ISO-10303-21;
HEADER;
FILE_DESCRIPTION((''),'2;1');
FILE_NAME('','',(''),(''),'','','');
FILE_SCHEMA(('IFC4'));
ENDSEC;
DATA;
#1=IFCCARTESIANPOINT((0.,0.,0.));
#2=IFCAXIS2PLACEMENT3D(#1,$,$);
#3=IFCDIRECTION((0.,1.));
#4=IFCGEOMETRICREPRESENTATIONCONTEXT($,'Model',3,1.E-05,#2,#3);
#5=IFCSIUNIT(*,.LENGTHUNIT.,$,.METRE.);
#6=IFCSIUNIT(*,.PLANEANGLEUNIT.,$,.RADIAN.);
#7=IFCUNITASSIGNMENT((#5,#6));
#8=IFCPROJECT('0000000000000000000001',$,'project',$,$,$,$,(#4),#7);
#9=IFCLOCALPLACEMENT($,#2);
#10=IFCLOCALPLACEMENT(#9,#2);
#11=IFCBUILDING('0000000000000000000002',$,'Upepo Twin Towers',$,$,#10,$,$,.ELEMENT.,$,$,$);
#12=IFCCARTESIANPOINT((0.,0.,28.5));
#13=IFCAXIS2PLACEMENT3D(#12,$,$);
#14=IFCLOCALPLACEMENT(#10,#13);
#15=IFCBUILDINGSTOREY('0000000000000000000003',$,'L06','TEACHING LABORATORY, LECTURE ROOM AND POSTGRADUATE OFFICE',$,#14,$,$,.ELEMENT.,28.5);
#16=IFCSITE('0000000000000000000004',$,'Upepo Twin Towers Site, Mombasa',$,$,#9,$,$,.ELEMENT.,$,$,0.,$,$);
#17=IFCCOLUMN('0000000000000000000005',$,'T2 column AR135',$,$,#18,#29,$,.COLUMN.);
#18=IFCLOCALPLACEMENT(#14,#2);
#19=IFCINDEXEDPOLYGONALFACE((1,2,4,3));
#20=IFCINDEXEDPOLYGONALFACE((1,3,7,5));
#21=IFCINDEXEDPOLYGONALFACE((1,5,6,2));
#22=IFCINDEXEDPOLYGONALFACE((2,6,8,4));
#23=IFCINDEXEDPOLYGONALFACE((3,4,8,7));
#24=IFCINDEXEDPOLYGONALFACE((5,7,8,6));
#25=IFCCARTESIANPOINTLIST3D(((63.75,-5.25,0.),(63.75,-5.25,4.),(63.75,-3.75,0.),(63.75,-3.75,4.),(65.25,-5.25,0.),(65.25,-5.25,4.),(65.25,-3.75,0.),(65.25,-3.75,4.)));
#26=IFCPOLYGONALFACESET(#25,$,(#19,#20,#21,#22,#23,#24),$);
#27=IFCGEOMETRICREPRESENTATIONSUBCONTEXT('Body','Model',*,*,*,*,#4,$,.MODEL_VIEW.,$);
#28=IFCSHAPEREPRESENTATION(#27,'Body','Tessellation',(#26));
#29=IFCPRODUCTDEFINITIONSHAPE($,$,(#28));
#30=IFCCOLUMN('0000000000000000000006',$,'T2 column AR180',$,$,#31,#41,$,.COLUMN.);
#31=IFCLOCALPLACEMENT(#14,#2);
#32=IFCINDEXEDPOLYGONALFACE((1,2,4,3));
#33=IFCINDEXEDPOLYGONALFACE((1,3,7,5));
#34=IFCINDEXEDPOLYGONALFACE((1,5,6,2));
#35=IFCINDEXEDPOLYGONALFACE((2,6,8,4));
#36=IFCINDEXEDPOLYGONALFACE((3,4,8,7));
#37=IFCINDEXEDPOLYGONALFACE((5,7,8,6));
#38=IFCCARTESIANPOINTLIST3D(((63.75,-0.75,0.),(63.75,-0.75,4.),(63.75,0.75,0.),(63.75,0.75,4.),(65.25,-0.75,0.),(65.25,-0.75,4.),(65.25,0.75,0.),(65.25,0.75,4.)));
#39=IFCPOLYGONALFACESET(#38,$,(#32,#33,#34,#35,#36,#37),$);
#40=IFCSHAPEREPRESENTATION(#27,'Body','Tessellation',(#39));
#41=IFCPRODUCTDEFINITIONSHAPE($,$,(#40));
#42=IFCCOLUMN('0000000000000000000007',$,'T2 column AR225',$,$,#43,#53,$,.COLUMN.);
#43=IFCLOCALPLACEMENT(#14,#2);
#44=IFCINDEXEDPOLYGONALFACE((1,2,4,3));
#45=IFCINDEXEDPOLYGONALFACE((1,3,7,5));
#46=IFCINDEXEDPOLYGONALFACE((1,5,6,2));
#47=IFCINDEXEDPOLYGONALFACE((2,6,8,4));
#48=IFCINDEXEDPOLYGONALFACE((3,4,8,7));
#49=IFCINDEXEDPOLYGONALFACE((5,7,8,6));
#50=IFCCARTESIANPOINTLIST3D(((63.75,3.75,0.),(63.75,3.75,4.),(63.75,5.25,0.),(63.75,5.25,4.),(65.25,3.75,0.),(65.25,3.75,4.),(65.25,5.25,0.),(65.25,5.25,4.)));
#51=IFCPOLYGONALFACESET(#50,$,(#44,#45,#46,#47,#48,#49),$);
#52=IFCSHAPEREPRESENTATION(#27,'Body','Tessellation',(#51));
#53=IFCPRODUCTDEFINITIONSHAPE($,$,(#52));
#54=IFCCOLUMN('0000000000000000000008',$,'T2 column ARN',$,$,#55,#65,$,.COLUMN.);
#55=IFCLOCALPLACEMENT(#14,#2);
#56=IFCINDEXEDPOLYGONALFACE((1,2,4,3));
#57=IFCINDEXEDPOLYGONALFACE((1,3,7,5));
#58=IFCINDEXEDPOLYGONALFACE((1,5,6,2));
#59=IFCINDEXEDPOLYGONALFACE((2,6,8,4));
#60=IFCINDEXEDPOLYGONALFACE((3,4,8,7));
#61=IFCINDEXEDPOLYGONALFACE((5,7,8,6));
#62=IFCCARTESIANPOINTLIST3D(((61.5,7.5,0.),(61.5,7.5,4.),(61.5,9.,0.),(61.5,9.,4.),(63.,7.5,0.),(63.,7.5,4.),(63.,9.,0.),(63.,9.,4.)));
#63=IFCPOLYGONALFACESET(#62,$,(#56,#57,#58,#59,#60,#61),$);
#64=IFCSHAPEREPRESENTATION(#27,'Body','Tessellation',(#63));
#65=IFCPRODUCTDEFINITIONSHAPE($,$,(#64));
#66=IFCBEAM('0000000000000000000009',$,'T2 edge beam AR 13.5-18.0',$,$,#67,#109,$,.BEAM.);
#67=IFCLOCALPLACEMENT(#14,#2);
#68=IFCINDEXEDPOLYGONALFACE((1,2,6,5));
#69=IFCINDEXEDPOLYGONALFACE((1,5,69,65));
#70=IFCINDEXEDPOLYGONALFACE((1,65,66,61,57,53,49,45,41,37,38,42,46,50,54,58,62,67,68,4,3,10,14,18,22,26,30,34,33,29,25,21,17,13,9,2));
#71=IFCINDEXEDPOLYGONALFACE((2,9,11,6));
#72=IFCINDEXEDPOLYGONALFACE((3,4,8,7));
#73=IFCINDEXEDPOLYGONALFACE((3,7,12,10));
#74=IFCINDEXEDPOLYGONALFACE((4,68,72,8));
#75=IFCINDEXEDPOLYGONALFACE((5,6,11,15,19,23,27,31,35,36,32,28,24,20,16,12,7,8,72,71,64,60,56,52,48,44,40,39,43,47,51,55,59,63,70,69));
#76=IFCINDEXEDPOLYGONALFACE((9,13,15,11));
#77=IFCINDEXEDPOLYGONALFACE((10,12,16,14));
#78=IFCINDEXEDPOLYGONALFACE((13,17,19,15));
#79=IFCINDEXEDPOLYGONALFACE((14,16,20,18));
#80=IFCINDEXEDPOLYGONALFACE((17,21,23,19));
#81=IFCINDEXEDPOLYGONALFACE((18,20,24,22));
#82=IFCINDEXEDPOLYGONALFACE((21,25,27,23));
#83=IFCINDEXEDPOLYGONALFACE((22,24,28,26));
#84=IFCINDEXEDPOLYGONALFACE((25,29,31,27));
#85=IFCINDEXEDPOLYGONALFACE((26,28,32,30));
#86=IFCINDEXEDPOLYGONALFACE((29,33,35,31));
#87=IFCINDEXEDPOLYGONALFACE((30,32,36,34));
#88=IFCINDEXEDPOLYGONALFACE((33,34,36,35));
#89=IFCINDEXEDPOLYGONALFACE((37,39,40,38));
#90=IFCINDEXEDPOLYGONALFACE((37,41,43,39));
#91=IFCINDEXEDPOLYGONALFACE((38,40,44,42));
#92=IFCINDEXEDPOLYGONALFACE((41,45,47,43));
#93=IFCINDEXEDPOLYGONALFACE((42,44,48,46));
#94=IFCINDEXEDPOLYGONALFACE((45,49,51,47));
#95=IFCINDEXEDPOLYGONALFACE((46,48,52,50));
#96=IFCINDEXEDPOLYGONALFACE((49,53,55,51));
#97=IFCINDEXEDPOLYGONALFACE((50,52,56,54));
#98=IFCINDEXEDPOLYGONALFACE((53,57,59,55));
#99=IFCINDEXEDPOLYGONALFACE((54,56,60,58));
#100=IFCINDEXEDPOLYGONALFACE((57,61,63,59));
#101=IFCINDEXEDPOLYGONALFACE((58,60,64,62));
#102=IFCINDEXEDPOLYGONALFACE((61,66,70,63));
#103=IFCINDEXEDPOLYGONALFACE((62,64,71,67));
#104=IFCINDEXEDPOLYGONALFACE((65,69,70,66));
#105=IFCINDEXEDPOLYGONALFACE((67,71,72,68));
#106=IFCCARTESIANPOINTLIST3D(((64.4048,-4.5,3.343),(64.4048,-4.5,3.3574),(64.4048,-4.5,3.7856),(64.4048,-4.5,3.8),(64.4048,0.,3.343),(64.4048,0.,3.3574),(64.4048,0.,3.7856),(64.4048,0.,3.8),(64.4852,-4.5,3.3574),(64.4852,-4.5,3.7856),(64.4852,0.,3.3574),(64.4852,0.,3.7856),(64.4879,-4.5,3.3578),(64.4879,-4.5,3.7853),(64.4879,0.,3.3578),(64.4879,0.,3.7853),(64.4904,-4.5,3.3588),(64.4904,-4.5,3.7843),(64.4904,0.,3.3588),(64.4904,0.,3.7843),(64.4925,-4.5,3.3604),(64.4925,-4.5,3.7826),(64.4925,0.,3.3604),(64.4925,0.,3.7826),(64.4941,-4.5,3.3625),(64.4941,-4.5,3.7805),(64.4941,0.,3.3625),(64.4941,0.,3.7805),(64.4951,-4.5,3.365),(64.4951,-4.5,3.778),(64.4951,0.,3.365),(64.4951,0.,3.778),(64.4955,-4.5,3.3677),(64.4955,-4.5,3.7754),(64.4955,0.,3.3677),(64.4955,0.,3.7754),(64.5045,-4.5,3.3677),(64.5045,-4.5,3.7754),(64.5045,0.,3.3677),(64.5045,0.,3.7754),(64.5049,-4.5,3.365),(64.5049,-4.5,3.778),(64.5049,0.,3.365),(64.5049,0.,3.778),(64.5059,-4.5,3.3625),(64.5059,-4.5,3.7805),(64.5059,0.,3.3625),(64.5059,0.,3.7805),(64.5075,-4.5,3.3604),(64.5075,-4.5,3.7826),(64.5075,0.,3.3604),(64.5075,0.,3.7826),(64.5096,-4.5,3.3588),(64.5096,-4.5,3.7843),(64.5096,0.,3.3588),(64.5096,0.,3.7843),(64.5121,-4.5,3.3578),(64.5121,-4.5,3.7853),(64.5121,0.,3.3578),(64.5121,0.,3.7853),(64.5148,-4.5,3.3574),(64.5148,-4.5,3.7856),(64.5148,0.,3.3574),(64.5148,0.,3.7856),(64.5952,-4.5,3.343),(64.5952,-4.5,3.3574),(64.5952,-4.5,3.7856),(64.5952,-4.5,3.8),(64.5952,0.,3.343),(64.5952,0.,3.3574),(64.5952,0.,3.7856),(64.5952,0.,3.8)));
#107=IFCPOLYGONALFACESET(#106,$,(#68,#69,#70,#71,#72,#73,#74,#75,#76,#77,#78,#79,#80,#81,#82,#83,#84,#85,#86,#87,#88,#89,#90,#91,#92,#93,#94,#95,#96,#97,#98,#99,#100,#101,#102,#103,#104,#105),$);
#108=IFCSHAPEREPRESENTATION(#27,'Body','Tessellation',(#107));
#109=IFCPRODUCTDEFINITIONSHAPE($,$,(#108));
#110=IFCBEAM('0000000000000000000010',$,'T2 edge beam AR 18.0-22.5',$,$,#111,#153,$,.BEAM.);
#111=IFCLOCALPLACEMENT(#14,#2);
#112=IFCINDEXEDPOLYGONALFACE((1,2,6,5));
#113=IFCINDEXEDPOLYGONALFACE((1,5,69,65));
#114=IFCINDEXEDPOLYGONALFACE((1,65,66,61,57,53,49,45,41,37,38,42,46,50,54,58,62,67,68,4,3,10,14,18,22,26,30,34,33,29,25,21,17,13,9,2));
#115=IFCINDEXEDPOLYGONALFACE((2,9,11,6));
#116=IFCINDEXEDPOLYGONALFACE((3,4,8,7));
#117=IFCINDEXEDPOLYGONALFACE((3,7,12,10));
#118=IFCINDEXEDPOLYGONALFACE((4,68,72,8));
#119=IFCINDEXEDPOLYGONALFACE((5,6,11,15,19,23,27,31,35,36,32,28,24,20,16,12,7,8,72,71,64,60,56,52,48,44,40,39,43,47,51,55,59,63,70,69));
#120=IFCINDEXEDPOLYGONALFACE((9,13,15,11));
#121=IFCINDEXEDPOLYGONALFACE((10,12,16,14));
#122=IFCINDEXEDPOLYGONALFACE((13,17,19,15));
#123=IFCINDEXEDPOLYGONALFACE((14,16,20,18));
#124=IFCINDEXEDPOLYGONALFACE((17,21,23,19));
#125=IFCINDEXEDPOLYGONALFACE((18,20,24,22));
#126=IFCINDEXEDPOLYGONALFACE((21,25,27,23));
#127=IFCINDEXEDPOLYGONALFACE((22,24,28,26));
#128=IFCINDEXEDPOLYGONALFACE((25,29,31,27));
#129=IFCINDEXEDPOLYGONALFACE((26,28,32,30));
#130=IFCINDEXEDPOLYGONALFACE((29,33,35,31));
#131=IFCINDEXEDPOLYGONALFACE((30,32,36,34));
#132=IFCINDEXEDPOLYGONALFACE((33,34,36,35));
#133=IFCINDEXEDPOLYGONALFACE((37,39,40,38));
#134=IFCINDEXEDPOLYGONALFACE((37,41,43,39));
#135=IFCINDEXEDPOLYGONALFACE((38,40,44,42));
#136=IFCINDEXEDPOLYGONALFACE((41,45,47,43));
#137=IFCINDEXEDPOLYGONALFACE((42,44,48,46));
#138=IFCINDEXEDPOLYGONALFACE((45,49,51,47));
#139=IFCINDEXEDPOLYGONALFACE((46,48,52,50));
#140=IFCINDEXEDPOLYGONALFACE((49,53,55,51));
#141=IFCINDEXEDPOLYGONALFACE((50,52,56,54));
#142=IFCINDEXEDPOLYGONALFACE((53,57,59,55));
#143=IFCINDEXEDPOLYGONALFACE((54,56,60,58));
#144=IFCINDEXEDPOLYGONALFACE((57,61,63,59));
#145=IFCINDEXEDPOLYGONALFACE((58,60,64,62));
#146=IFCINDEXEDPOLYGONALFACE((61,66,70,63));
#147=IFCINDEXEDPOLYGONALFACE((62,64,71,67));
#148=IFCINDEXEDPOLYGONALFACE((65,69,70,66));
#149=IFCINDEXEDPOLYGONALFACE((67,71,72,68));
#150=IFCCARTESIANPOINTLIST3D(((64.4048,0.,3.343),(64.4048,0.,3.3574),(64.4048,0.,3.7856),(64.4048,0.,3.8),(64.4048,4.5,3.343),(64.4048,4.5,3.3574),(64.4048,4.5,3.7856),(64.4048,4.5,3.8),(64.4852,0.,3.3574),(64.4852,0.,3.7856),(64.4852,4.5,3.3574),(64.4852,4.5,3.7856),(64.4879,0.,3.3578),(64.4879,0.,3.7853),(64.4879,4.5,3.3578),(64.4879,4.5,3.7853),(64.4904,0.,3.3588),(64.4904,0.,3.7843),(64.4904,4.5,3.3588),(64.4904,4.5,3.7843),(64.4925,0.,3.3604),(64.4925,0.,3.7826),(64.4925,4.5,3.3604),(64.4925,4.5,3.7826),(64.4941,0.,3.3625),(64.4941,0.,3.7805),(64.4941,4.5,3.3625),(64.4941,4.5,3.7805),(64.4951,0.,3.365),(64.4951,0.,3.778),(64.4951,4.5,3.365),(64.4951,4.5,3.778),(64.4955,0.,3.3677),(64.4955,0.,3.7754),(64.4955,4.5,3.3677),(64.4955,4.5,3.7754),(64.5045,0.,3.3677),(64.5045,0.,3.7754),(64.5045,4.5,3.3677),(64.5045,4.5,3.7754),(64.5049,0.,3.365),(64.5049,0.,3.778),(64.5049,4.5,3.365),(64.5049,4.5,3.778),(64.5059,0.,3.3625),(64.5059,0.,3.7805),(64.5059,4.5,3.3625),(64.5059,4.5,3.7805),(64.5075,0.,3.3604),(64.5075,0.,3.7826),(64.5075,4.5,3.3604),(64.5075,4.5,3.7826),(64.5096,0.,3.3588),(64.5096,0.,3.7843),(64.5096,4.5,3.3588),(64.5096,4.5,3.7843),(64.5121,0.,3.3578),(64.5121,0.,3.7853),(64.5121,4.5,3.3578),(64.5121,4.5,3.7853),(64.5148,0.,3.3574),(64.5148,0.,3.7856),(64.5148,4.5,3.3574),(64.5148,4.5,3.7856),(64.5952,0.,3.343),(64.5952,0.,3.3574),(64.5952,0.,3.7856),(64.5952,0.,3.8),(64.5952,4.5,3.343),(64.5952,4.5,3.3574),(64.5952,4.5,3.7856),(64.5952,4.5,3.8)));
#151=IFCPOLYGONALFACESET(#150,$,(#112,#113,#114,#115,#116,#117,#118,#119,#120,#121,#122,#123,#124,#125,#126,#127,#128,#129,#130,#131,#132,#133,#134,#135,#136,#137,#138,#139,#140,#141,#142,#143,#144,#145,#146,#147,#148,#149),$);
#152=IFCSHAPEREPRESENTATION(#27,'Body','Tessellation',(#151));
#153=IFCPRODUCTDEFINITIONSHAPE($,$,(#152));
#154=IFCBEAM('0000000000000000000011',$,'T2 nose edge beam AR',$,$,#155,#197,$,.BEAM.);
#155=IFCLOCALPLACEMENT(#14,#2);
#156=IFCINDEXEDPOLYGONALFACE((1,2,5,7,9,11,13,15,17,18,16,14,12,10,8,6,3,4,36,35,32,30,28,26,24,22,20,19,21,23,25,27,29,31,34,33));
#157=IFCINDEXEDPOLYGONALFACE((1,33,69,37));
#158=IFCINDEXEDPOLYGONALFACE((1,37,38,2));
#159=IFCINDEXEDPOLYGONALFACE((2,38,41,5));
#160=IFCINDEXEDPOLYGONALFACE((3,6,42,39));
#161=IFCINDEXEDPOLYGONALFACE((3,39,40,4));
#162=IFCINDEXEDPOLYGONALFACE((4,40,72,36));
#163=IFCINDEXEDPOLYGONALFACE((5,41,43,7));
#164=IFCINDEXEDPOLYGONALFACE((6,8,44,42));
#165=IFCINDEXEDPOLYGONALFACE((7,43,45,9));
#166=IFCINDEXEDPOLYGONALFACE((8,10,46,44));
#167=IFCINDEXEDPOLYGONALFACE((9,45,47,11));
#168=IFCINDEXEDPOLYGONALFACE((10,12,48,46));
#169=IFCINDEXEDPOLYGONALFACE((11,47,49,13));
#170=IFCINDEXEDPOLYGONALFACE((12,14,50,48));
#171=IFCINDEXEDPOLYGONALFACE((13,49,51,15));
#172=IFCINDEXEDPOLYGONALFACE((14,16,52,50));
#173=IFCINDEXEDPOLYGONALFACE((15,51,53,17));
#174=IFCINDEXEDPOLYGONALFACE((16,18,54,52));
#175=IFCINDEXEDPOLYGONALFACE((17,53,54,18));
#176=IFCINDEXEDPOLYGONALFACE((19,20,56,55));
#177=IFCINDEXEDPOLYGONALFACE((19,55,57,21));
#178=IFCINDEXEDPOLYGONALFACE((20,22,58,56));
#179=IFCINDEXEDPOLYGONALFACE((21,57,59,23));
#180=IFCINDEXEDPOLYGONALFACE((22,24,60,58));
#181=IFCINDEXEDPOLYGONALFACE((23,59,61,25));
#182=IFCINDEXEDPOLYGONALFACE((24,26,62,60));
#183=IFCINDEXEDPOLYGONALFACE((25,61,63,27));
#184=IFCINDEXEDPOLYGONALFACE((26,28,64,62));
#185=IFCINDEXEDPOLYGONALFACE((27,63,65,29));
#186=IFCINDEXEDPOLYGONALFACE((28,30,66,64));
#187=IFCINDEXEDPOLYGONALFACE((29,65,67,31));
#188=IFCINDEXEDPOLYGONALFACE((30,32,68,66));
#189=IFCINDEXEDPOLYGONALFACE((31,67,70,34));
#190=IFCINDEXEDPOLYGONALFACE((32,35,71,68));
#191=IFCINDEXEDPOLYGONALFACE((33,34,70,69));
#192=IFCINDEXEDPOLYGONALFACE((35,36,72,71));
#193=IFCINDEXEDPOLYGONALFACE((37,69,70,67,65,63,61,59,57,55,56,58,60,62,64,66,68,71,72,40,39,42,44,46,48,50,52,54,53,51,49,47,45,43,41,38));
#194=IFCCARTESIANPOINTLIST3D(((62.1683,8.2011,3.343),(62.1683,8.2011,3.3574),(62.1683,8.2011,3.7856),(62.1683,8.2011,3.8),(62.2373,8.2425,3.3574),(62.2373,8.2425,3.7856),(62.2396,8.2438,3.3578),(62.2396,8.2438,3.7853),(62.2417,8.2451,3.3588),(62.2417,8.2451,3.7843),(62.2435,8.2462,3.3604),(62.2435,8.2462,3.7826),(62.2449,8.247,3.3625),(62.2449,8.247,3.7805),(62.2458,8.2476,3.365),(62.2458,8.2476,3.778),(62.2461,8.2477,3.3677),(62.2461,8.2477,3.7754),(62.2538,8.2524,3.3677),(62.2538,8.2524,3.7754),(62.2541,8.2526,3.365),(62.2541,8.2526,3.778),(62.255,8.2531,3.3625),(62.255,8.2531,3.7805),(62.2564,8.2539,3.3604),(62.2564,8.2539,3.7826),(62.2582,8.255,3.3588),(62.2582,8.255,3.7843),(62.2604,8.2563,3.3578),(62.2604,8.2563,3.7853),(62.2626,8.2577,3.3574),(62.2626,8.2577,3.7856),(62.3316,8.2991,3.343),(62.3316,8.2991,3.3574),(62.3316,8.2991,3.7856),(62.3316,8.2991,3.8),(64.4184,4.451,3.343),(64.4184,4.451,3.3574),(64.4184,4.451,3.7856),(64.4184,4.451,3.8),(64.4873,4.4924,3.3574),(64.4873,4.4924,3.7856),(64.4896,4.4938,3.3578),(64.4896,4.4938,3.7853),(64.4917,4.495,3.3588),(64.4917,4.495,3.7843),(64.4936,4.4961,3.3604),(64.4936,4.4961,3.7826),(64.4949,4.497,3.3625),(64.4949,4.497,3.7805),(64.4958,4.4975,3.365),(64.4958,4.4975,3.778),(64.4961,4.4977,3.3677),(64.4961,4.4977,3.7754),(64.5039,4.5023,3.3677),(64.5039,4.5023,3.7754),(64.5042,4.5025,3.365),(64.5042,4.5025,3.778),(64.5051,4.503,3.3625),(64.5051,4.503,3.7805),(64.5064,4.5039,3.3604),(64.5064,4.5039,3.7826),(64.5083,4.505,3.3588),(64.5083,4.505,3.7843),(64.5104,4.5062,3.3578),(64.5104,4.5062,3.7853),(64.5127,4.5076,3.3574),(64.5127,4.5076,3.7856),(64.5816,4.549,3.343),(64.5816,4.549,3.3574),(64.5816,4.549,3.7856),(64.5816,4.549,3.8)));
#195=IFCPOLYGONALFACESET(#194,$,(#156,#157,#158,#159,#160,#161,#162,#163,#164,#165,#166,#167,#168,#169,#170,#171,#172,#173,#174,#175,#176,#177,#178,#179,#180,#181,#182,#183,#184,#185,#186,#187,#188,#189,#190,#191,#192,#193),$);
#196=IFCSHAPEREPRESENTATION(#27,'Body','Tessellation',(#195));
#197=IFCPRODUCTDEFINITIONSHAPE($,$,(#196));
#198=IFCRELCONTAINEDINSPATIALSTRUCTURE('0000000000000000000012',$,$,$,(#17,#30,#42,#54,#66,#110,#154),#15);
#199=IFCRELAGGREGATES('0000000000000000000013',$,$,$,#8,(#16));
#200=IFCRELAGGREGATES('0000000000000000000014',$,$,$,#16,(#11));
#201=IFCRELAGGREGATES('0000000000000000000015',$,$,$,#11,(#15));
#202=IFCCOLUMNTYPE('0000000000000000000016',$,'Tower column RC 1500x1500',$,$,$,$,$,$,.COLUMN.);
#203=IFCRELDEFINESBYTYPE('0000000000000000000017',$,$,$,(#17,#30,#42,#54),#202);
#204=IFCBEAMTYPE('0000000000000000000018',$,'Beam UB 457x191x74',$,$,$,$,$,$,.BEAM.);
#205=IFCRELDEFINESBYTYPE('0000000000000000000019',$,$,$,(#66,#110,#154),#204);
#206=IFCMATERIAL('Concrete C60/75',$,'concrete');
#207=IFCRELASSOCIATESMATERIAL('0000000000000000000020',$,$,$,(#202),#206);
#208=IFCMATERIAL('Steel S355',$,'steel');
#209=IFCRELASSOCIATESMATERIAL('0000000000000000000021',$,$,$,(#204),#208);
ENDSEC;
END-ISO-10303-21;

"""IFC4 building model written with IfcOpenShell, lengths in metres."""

from ifc_helpers import new_model, si_unit, direction, frame, origin, origin_2d, place, context, subcontext, project, spatial, rectangle, i_section, extrude, material, material_profile, profile_set, type_object, element, save


model = new_model("IFC4")

# Units and contexts
model_context = context("Model", 3, precision=1e-05, world=origin(), true_north=direction((0.0, 1.0)))
body_context = subcontext(model_context, "Body", "Model", "MODEL_VIEW")
ifc_project = project(units=[si_unit("LENGTHUNIT", "METRE"), si_unit("PLANEANGLEUNIT", "RADIAN")], contexts=[model_context])

# Site, building, storey
site_placement = place(None, origin())
site = spatial("IfcSite", under=ifc_project, at=site_placement, Name="Upepo Twin Towers Site, Mombasa", CompositionType="ELEMENT", RefElevation=0.0)
building_placement = place(site_placement, origin())
building = spatial("IfcBuilding", under=site, at=building_placement, Name="Upepo Twin Towers", CompositionType="ELEMENT")
storey_placement = place(building_placement, frame((0.0, 0.0, 28.5)))
storey = spatial("IfcBuildingStorey", under=building, at=storey_placement, Name="L06", Description="TEACHING LABORATORY, LECTURE ROOM AND POSTGRADUATE OFFICE", CompositionType="ELEMENT", Elevation=28.5)

# Columns
ifc_material_1 = material(Name="Concrete C60/75", Category="concrete")
ifc_material_profile_1 = material_profile(ifc_material_1, rectangle(XDim=1.5, YDim=1.5, at=origin_2d()), Name="RC 1500x1500")
ifc_profile_set_1 = profile_set([ifc_material_profile_1], Name="Concrete C60/75")
column_type = type_object("IfcColumnType", Name="Tower column RC 1500x1500", PredefinedType="COLUMN", material=ifc_profile_set_1)
for number, where, z_axis, x_axis, name in (
    (1, (64.5, -4.5, 0.0), (0.0, 0.0, 1.0), (1.0, 0.0, 0.0), "T2 column AR135"),
    (2, (64.5, 0.0, 0.0), (0.0, 0.0, 1.0), (1.0, 0.0, 0.0), "T2 column AR180"),
    (3, (64.5, 4.5, 0.0), (0.0, 0.0, 1.0), (1.0, 0.0, 0.0), "T2 column AR225"),
    (4, (62.25, 8.25, 0.0), (0.0, 0.0, 1.0), (1.0, 0.0, 0.0), "T2 column ARN"),
):
    element("IfcColumn", number, at=place(storey_placement, frame(where, z_axis=z_axis, x_axis=x_axis)), inside=storey, type_object=column_type, Name=name, PredefinedType="COLUMN", context=body_context, shape_type="SweptSolid", body=[
        extrude(rectangle(XDim=1.5, YDim=1.5, at=origin_2d()), origin(), (0.0, 0.0, 1.0), 4.0),
    ])

# Beams
ifc_material_2 = material(Name="Steel S355", Category="steel")
ifc_material_profile_2 = material_profile(ifc_material_2, i_section(OverallWidth=0.1904, OverallDepth=0.457, WebThickness=0.009, FlangeThickness=0.0144, FilletRadius=0.0103, at=origin_2d()), Name="UB 457x191x74")
ifc_profile_set_2 = profile_set([ifc_material_profile_2], Name="Steel S355")
beam_type_1 = type_object("IfcBeamType", Name="Beam UB 457x191x74", PredefinedType="BEAM", material=ifc_profile_set_2)
for number, where, z_axis, x_axis, name in (
    (5, (64.5, -4.5, 3.5715), (0.0, 1.0, 0.0), (-1.0, 0.0, 0.0), "T2 edge beam AR 13.5-18.0"),
    (6, (64.5, 0.0, 3.5715), (0.0, 1.0, 0.0), (-1.0, 0.0, 0.0), "T2 edge beam AR 18.0-22.5"),
):
    element("IfcBeam", number, at=place(storey_placement, frame(where, z_axis=z_axis, x_axis=x_axis)), inside=storey, type_object=beam_type_1, Name=name, PredefinedType="BEAM", context=body_context, shape_type="SweptSolid", body=[
        extrude(i_section(OverallWidth=0.1904, OverallDepth=0.457, WebThickness=0.009, FlangeThickness=0.0144, FilletRadius=0.0103, at=origin_2d()), origin(), (0.0, 0.0, 1.0), 4.5),
    ])
beam_1_placement = place(storey_placement, frame((64.5, 4.5, 3.5715), z_axis=(-0.514496, 0.857493, 0.0), x_axis=(-0.857493, -0.514496, 0.0)))
element("IfcBeam", 7, at=beam_1_placement, inside=storey, type_object=beam_type_1, Name="T2 nose edge beam AR", PredefinedType="BEAM", context=body_context, shape_type="SweptSolid", body=[
    extrude(i_section(OverallWidth=0.1904, OverallDepth=0.457, WebThickness=0.009, FlangeThickness=0.0144, FilletRadius=0.0103, at=origin_2d()), origin(), (0.0, 0.0, 1.0), 4.3733),
])

save(model, "model.ifc")
